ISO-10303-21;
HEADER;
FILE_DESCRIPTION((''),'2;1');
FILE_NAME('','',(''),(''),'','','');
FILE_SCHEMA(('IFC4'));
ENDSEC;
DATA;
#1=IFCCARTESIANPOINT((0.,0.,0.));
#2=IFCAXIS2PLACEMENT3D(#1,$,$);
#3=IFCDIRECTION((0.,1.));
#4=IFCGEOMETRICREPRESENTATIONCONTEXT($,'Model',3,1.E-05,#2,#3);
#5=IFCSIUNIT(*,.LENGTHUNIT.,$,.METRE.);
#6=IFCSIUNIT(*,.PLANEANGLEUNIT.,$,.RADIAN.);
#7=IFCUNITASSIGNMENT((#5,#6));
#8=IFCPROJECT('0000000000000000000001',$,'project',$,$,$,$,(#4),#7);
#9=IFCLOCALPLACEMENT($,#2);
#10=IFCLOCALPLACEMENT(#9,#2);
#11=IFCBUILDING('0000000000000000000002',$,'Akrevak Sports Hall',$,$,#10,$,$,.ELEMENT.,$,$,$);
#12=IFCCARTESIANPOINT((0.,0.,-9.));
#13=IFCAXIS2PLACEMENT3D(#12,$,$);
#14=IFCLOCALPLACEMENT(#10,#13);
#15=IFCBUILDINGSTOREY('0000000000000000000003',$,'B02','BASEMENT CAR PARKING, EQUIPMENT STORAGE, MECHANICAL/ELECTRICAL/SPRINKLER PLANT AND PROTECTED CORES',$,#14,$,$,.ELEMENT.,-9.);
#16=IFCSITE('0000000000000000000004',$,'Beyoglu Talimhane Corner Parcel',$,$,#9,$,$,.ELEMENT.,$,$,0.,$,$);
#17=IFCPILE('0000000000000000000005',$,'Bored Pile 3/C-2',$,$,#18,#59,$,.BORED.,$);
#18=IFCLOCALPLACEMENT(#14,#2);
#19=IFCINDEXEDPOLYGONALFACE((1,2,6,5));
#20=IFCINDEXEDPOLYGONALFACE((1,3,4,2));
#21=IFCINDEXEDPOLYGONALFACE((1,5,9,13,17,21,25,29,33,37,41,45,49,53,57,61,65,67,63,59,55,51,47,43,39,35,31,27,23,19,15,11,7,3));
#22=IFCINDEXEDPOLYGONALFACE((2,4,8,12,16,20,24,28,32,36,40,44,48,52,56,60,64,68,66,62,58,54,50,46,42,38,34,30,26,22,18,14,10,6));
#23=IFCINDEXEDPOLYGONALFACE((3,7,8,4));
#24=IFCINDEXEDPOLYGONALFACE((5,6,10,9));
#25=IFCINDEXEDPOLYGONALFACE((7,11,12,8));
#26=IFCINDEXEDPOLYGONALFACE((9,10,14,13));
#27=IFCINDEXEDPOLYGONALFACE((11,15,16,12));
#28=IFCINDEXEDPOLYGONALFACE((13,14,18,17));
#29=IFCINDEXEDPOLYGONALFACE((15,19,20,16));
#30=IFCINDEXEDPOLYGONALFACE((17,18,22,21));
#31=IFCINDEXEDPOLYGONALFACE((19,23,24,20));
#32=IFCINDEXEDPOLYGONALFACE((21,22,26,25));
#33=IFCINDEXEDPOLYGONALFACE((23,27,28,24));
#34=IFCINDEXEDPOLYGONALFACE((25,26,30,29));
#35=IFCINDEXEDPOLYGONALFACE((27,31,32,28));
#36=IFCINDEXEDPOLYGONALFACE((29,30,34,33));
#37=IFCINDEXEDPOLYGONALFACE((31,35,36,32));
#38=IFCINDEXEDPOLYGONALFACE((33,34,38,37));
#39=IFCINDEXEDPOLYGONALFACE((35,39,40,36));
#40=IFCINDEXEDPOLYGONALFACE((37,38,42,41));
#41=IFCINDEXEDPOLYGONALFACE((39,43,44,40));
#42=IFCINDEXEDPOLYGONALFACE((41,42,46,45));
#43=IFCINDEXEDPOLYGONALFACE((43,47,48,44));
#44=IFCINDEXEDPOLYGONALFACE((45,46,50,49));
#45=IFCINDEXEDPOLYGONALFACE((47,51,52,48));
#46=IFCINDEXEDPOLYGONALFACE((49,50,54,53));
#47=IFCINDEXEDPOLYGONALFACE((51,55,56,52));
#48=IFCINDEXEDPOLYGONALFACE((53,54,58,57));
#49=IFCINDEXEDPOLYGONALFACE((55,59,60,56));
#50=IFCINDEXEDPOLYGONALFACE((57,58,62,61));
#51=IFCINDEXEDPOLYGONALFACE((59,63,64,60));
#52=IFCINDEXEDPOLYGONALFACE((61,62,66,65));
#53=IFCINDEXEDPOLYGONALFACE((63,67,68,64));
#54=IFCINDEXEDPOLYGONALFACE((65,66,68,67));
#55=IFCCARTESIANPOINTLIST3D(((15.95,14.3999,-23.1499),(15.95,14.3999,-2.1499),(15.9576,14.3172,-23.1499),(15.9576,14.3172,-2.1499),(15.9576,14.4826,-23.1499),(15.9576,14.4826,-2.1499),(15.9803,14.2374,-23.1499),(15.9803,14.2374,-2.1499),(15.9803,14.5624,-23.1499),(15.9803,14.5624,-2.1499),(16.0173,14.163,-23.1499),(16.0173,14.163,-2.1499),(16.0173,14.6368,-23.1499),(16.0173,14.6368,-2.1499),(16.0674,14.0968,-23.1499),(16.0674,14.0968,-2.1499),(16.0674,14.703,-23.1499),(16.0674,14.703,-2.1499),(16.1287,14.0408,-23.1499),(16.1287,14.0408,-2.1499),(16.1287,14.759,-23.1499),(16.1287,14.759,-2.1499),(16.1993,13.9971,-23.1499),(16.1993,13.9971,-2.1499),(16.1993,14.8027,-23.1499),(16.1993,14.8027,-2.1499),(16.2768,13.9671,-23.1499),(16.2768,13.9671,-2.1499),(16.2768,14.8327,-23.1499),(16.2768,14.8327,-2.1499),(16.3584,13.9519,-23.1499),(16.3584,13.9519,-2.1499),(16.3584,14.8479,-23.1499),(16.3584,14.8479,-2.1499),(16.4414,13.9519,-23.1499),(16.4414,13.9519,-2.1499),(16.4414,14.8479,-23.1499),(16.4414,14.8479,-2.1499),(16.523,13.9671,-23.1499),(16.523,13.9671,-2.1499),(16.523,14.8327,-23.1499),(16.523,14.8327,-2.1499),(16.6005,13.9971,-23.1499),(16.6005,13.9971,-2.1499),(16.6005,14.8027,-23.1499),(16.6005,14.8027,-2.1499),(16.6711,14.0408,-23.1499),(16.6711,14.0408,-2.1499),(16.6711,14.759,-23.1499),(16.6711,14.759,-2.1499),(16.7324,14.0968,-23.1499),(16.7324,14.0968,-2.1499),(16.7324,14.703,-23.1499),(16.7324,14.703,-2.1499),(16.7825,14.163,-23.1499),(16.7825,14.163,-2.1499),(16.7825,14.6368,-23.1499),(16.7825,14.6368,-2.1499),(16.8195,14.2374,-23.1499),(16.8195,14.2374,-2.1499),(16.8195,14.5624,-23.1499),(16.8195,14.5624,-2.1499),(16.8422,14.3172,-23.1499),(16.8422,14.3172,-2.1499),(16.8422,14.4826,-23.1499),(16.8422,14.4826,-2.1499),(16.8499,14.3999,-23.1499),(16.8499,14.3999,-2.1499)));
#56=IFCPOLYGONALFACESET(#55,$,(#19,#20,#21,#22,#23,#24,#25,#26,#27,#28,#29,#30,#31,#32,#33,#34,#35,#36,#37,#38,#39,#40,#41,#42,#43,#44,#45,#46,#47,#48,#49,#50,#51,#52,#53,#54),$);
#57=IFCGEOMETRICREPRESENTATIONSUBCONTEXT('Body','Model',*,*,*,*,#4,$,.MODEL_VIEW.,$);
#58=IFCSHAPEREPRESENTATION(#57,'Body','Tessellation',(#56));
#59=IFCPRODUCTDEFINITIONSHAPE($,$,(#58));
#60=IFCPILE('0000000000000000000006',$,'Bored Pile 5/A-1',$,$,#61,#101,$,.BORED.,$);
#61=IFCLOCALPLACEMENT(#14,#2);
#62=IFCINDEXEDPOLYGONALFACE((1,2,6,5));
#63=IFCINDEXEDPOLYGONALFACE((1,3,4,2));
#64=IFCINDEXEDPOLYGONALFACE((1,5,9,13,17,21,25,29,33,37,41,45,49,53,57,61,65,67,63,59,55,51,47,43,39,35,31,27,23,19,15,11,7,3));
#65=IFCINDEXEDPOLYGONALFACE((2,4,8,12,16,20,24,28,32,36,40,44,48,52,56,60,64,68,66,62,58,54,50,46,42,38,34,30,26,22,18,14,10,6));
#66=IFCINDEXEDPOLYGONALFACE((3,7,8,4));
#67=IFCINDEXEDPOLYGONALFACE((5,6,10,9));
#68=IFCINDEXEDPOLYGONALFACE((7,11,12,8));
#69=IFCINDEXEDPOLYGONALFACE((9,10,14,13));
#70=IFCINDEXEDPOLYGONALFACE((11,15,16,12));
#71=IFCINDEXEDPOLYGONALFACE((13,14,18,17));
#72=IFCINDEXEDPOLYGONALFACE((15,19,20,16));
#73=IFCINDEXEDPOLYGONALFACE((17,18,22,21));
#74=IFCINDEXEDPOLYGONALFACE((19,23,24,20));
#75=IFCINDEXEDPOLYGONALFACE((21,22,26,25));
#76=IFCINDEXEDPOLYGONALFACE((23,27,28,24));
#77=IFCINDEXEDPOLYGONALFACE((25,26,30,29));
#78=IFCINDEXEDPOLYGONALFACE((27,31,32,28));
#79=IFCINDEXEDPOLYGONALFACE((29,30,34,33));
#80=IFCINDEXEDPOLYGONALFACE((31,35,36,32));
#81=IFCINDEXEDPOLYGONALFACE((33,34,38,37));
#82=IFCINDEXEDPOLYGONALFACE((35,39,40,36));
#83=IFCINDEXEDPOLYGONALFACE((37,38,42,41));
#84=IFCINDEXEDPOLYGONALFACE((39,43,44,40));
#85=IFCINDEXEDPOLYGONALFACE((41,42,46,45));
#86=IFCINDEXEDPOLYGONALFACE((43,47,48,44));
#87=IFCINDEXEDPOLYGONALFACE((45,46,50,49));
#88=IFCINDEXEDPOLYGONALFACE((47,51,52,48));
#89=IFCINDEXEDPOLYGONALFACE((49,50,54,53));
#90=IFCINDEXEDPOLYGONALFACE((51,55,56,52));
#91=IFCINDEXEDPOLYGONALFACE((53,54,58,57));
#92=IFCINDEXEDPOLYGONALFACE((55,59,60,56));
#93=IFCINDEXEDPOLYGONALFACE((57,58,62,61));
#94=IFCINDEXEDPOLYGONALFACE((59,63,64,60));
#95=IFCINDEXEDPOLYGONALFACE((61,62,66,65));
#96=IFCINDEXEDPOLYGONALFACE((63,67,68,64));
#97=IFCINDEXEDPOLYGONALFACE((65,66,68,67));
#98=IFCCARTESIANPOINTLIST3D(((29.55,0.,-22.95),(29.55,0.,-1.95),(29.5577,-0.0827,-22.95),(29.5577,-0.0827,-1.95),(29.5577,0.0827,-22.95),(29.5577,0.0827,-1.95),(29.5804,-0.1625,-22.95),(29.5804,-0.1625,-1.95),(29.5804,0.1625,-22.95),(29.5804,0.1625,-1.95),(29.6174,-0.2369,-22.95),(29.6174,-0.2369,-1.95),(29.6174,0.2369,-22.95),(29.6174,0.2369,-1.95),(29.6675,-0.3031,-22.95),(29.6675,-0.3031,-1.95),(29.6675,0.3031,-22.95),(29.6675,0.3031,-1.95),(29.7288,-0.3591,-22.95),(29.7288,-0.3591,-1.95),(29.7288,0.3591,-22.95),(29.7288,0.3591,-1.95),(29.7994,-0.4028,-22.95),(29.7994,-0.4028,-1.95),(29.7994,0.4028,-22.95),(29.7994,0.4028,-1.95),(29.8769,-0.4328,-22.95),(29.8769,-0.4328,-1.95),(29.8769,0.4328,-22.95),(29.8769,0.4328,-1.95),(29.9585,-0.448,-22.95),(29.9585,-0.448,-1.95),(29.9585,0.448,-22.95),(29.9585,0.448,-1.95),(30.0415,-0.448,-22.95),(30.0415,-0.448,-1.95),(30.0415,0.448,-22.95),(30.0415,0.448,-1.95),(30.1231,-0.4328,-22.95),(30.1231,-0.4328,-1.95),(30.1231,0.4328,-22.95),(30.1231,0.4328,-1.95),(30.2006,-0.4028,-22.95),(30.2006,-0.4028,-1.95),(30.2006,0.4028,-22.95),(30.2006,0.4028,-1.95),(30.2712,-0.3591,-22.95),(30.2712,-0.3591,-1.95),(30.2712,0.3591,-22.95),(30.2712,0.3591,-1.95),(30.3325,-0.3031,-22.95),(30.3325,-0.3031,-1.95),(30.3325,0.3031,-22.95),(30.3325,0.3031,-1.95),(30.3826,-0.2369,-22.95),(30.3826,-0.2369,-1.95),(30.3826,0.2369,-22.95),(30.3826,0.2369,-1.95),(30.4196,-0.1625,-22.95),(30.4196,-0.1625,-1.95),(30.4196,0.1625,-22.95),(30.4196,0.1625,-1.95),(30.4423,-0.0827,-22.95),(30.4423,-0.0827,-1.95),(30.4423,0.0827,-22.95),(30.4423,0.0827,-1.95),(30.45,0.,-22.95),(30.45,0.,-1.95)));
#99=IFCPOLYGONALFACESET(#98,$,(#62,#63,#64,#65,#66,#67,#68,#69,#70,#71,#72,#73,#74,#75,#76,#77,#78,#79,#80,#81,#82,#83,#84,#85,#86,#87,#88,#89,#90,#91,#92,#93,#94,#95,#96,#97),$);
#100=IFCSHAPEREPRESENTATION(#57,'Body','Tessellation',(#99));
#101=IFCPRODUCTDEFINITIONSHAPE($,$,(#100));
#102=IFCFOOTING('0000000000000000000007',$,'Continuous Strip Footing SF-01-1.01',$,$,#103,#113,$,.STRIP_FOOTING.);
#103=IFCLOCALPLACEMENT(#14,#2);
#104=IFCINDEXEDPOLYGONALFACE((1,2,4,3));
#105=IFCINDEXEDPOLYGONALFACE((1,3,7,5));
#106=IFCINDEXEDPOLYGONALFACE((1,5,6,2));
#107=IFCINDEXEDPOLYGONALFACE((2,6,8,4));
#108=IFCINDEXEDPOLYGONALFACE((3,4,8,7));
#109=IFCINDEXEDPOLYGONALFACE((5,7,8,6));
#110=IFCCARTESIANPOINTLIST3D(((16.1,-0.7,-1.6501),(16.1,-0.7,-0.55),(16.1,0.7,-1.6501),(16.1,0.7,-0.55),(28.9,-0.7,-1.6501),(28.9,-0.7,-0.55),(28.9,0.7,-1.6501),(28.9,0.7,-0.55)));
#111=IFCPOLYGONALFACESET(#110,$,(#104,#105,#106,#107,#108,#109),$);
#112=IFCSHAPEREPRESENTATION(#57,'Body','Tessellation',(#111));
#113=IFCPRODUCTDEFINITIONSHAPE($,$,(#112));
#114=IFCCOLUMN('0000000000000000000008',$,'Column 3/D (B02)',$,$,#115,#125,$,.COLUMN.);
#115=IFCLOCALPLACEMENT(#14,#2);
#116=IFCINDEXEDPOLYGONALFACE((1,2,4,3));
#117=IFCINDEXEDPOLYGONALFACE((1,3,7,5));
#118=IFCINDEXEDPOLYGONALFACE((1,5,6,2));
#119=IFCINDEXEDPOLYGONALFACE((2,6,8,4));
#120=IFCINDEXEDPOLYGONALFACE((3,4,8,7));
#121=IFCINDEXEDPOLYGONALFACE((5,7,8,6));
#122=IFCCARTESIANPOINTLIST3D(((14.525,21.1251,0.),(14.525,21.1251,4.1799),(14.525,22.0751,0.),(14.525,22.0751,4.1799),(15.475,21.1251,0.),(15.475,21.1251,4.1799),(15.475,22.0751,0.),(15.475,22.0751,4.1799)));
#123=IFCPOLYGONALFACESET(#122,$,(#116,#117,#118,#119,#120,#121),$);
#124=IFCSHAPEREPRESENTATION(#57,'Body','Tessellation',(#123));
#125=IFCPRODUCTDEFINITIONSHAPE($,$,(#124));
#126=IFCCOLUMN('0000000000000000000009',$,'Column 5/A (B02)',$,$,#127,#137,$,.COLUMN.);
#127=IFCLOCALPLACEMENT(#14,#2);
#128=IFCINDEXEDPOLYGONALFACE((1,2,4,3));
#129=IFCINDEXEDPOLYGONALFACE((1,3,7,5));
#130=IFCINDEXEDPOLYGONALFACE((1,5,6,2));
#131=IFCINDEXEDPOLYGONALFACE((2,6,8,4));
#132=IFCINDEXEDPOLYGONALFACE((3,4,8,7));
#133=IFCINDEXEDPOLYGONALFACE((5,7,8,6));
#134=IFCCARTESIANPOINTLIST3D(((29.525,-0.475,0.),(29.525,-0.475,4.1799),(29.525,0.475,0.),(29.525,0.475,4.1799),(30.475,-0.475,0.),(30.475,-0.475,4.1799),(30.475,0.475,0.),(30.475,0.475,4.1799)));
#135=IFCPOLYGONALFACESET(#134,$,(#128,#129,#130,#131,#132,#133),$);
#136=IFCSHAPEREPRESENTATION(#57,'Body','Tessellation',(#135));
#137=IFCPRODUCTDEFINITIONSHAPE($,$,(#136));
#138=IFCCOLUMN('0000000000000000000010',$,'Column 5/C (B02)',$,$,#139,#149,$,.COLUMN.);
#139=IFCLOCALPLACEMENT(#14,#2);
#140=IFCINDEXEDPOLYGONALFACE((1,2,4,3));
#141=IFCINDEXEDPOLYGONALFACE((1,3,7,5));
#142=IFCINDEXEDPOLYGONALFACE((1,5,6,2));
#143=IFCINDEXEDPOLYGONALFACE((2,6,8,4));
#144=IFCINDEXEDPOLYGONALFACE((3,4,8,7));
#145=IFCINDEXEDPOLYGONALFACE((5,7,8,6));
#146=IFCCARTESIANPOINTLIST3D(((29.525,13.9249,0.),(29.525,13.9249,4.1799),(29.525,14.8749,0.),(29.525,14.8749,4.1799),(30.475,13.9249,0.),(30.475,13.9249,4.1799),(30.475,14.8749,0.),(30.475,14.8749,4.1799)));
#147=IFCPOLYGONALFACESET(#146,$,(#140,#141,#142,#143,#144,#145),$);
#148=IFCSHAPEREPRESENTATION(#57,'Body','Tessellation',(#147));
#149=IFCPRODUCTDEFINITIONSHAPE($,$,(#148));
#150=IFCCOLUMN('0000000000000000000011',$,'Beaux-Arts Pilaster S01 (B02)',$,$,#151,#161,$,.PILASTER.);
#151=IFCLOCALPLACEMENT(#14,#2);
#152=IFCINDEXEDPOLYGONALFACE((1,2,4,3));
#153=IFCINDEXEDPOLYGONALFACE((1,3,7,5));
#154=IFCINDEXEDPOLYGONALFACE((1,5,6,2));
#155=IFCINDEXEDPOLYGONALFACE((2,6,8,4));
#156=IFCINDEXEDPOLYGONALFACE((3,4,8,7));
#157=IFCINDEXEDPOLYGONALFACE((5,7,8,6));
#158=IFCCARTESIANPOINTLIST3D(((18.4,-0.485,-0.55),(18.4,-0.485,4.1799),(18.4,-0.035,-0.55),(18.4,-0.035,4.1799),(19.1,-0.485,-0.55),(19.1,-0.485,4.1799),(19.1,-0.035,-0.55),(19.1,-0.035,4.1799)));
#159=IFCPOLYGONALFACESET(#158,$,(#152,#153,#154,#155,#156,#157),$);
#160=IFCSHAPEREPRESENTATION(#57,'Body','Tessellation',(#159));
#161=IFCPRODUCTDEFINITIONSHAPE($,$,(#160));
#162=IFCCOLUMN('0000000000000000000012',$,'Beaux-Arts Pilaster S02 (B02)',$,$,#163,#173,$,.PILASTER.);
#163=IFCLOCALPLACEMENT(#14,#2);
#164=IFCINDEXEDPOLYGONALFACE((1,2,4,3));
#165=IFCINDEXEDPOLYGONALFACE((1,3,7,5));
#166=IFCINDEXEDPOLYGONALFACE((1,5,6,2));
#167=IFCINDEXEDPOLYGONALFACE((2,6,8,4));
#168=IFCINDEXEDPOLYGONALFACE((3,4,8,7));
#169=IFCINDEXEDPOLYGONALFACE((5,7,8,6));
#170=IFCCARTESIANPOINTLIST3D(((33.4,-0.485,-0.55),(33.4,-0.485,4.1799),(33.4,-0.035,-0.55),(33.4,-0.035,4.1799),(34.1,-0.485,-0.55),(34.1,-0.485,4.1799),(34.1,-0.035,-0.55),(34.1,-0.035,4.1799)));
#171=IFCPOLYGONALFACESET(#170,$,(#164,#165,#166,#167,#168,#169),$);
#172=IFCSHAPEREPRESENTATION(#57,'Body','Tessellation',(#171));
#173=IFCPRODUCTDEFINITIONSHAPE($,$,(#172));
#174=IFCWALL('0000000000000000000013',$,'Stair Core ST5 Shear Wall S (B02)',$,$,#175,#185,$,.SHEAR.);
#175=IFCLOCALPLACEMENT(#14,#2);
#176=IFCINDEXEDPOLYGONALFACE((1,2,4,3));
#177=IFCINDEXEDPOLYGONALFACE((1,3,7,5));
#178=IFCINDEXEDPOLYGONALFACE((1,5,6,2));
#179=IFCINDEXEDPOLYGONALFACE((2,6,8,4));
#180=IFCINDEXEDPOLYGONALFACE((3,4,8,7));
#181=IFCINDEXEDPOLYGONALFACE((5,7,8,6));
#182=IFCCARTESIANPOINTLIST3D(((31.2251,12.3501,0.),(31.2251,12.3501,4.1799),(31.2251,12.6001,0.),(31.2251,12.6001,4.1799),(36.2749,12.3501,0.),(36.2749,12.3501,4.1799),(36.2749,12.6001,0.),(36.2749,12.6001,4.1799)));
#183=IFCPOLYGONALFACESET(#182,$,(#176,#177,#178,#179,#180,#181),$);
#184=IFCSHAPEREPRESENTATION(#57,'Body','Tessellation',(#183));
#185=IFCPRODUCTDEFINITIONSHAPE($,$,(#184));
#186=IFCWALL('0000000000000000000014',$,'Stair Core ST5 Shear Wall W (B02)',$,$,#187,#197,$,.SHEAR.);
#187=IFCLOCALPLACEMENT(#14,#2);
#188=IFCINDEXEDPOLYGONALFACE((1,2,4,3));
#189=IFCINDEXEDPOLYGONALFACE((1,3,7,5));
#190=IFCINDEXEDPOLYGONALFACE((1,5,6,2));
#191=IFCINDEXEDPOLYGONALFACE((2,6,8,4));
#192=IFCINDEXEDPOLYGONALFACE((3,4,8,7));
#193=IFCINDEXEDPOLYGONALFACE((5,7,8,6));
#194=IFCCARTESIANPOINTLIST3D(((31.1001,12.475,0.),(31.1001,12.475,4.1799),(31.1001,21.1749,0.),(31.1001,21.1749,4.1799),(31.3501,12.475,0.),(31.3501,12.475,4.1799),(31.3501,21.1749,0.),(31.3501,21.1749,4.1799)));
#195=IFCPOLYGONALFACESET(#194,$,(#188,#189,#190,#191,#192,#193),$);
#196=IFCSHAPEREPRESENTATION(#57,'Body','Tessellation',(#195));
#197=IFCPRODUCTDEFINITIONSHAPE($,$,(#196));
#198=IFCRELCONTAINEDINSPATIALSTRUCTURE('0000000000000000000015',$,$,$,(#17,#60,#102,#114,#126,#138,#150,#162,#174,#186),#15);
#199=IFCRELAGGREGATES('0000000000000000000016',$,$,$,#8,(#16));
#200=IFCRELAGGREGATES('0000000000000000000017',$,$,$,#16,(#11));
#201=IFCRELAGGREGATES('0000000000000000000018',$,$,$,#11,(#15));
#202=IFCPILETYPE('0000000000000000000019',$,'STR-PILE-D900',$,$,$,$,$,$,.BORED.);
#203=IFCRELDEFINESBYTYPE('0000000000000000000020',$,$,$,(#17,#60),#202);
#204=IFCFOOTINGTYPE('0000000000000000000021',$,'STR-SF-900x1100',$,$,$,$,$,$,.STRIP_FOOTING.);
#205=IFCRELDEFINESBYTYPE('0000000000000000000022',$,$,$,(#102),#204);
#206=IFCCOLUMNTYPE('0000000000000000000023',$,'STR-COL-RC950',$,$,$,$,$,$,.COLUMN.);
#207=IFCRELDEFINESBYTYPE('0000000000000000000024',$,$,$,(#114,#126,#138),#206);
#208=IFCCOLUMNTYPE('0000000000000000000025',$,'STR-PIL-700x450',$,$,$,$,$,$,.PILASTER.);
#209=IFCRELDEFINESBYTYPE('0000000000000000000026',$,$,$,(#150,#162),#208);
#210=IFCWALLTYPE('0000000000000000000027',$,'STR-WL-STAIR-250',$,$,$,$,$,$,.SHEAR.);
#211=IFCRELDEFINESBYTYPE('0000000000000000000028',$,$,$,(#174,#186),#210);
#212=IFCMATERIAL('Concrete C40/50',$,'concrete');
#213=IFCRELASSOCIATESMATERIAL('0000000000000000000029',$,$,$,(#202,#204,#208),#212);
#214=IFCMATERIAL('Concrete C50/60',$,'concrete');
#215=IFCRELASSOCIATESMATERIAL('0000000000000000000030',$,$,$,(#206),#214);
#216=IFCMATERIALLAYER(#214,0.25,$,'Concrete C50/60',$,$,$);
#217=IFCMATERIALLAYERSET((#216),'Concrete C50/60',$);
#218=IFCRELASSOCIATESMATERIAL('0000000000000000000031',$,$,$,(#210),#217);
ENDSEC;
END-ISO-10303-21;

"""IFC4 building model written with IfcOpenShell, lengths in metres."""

from ifc_helpers import new_model, si_unit, direction, frame, frame_2d, origin, origin_2d, place, context, subcontext, project, spatial, rectangle, circle, extrude, material, layer, layer_set, material_profile, profile_set, type_object, element, save


model = new_model("IFC4")

# Units and contexts
model_context = context("Model", 3, precision=1e-05, world=origin(), true_north=direction((0.0, 1.0)))
body_context = subcontext(model_context, "Body", "Model", "MODEL_VIEW")
ifc_project = project(units=[si_unit("LENGTHUNIT", "METRE"), si_unit("PLANEANGLEUNIT", "RADIAN")], contexts=[model_context])

# Site, building, storey
site_placement = place(None, origin())
site = spatial("IfcSite", under=ifc_project, at=site_placement, Name="Beyoglu Talimhane Corner Parcel", CompositionType="ELEMENT", RefElevation=0.0)
building_placement = place(site_placement, origin())
building = spatial("IfcBuilding", under=site, at=building_placement, Name="Akrevak Sports Hall", CompositionType="ELEMENT")
storey_placement = place(building_placement, frame((0.0, 0.0, -9.0)))
storey = spatial("IfcBuildingStorey", under=building, at=storey_placement, Name="B02", Description="BASEMENT CAR PARKING, EQUIPMENT STORAGE, MECHANICAL/ELECTRICAL/SPRINKLER PLANT AND PROTECTED CORES", CompositionType="ELEMENT", Elevation=-9.0)

# Shared definitions
ifc_material_1 = material(Name="Concrete C40/50", Category="concrete")

# Piles
ifc_material_profile_1 = material_profile(ifc_material_1, circle(Radius=0.45, at=origin_2d()), Name="BORED PILE D900", Category="concrete")
ifc_profile_set_1 = profile_set([ifc_material_profile_1], Name="Concrete C40/50")
pile_type_1 = type_object("IfcPileType", Name="STR-PILE-D900", PredefinedType="BORED", material=ifc_profile_set_1)
for number, where, z_axis, x_axis, name in (
    (1, (16.3999, 14.3999, -2.1499), (0.0, 0.0, -1.0), (1.0, 0.0, 0.0), "Bored Pile 3/C-2"),
    (2, (30.0, 0.0, -1.95), (0.0, 0.0, -1.0), (1.0, 0.0, 0.0), "Bored Pile 5/A-1"),
):
    element("IfcPile", number, at=place(storey_placement, frame(where, z_axis=z_axis, x_axis=x_axis)), inside=storey, type_object=pile_type_1, Name=name, PredefinedType="BORED", context=body_context, shape_type="SweptSolid", body=[
        extrude(circle(Radius=0.45, at=origin_2d()), origin(), (0.0, 0.0, 1.0), 21.0),
    ])

# Footing
footing_type_1 = type_object("IfcFootingType", Name="STR-SF-900x1100", PredefinedType="STRIP_FOOTING", material=ifc_material_1)
footing_1_placement = place(storey_placement, frame((22.5, 0.0, -1.6501), z_axis=(0.0, 0.0, 1.0), x_axis=(1.0, 0.0, 0.0)))
element("IfcFooting", 3, at=footing_1_placement, inside=storey, type_object=footing_type_1, Name="Continuous Strip Footing SF-01-1.01", PredefinedType="STRIP_FOOTING", context=body_context, shape_type="SweptSolid", body=[
    extrude(rectangle(XDim=12.8, YDim=1.3999, at=origin_2d()), origin(), (0.0, 0.0, 1.0), 1.1001),
])

# Columns
ifc_material_2 = material(Name="Concrete C50/60", Category="concrete")
ifc_material_profile_2 = material_profile(ifc_material_2, rectangle(XDim=0.95, YDim=0.95, at=origin_2d()), Name="RC 950x950", Category="concrete")
ifc_profile_set_2 = profile_set([ifc_material_profile_2], Name="Concrete C50/60")
column_type_1 = type_object("IfcColumnType", Name="STR-COL-RC950", PredefinedType="COLUMN", material=ifc_profile_set_2)
for number, where, z_axis, x_axis, name in (
    (4, (15.0, 21.6001, 0.0), (0.0, 0.0, 1.0), (1.0, 0.0, 0.0), "Column 3/D (B02)"),
    (5, (30.0, 0.0, 0.0), (0.0, 0.0, 1.0), (1.0, 0.0, 0.0), "Column 5/A (B02)"),
    (6, (30.0, 14.3999, 0.0), (0.0, 0.0, 1.0), (1.0, 0.0, 0.0), "Column 5/C (B02)"),
):
    element("IfcColumn", number, at=place(storey_placement, frame(where, z_axis=z_axis, x_axis=x_axis)), inside=storey, type_object=column_type_1, Name=name, PredefinedType="COLUMN", context=body_context, shape_type="SweptSolid", body=[
        extrude(rectangle(XDim=0.95, YDim=0.95, at=origin_2d()), origin(), (0.0, 0.0, 1.0), 4.1799),
    ])
ifc_material_profile_3 = material_profile(ifc_material_1, rectangle(XDim=0.7, YDim=0.45, at=origin_2d()), Name="PIL 700x450", Category="concrete")
ifc_profile_set_3 = profile_set([ifc_material_profile_3], Name="Concrete C40/50")
column_type_2 = type_object("IfcColumnType", Name="STR-PIL-700x450", PredefinedType="PILASTER", material=ifc_profile_set_3)
for number, where, z_axis, x_axis, name in (
    (7, (18.75, -0.26, -0.55), (0.0, 0.0, 1.0), (1.0, 0.0, 0.0), "Beaux-Arts Pilaster S01 (B02)"),
    (8, (33.75, -0.26, -0.55), (0.0, 0.0, 1.0), (1.0, 0.0, 0.0), "Beaux-Arts Pilaster S02 (B02)"),
):
    element("IfcColumn", number, at=place(storey_placement, frame(where, z_axis=z_axis, x_axis=x_axis)), inside=storey, type_object=column_type_2, Name=name, PredefinedType="PILASTER", context=body_context, shape_type="SweptSolid", body=[
        extrude(rectangle(XDim=0.7, YDim=0.45, at=origin_2d()), origin(), (0.0, 0.0, 1.0), 4.73),
    ])

# Walls
ifc_layer_1 = layer(ifc_material_2, 0.25, Name="Concrete C50/60")
ifc_layer_set_1 = layer_set([ifc_layer_1], Name="Concrete C50/60")
wall_type = type_object("IfcWallType", Name="STR-WL-STAIR-250", PredefinedType="SHEAR", material=ifc_layer_set_1)
wall_1_placement = place(storey_placement, frame((31.2251, 12.4751, 0.0), z_axis=(0.0, 0.0, 1.0), x_axis=(1.0, 0.0, 0.0)))
element("IfcWall", 9, at=wall_1_placement, inside=storey, type_object=wall_type, Name="Stair Core ST5 Shear Wall S (B02)", PredefinedType="SHEAR", context=body_context, shape_type="SweptSolid", body=[
    extrude(rectangle(XDim=5.0498, YDim=0.25, at=frame_2d((2.5249, 0.0))), origin(), (0.0, 0.0, 1.0), 4.1799),
])
wall_2_placement = place(storey_placement, frame((31.2251, 21.175, 0.0), z_axis=(0.0, 0.0, 1.0), x_axis=(0.0, -1.0, 0.0)))
element("IfcWall", 10, at=wall_2_placement, inside=storey, type_object=wall_type, Name="Stair Core ST5 Shear Wall W (B02)", PredefinedType="SHEAR", context=body_context, shape_type="SweptSolid", body=[
    extrude(rectangle(XDim=8.7, YDim=0.25, at=frame_2d((4.3501, 0.0))), origin(), (0.0, 0.0, 1.0), 4.1799),
])

save(model, "model.ifc")
